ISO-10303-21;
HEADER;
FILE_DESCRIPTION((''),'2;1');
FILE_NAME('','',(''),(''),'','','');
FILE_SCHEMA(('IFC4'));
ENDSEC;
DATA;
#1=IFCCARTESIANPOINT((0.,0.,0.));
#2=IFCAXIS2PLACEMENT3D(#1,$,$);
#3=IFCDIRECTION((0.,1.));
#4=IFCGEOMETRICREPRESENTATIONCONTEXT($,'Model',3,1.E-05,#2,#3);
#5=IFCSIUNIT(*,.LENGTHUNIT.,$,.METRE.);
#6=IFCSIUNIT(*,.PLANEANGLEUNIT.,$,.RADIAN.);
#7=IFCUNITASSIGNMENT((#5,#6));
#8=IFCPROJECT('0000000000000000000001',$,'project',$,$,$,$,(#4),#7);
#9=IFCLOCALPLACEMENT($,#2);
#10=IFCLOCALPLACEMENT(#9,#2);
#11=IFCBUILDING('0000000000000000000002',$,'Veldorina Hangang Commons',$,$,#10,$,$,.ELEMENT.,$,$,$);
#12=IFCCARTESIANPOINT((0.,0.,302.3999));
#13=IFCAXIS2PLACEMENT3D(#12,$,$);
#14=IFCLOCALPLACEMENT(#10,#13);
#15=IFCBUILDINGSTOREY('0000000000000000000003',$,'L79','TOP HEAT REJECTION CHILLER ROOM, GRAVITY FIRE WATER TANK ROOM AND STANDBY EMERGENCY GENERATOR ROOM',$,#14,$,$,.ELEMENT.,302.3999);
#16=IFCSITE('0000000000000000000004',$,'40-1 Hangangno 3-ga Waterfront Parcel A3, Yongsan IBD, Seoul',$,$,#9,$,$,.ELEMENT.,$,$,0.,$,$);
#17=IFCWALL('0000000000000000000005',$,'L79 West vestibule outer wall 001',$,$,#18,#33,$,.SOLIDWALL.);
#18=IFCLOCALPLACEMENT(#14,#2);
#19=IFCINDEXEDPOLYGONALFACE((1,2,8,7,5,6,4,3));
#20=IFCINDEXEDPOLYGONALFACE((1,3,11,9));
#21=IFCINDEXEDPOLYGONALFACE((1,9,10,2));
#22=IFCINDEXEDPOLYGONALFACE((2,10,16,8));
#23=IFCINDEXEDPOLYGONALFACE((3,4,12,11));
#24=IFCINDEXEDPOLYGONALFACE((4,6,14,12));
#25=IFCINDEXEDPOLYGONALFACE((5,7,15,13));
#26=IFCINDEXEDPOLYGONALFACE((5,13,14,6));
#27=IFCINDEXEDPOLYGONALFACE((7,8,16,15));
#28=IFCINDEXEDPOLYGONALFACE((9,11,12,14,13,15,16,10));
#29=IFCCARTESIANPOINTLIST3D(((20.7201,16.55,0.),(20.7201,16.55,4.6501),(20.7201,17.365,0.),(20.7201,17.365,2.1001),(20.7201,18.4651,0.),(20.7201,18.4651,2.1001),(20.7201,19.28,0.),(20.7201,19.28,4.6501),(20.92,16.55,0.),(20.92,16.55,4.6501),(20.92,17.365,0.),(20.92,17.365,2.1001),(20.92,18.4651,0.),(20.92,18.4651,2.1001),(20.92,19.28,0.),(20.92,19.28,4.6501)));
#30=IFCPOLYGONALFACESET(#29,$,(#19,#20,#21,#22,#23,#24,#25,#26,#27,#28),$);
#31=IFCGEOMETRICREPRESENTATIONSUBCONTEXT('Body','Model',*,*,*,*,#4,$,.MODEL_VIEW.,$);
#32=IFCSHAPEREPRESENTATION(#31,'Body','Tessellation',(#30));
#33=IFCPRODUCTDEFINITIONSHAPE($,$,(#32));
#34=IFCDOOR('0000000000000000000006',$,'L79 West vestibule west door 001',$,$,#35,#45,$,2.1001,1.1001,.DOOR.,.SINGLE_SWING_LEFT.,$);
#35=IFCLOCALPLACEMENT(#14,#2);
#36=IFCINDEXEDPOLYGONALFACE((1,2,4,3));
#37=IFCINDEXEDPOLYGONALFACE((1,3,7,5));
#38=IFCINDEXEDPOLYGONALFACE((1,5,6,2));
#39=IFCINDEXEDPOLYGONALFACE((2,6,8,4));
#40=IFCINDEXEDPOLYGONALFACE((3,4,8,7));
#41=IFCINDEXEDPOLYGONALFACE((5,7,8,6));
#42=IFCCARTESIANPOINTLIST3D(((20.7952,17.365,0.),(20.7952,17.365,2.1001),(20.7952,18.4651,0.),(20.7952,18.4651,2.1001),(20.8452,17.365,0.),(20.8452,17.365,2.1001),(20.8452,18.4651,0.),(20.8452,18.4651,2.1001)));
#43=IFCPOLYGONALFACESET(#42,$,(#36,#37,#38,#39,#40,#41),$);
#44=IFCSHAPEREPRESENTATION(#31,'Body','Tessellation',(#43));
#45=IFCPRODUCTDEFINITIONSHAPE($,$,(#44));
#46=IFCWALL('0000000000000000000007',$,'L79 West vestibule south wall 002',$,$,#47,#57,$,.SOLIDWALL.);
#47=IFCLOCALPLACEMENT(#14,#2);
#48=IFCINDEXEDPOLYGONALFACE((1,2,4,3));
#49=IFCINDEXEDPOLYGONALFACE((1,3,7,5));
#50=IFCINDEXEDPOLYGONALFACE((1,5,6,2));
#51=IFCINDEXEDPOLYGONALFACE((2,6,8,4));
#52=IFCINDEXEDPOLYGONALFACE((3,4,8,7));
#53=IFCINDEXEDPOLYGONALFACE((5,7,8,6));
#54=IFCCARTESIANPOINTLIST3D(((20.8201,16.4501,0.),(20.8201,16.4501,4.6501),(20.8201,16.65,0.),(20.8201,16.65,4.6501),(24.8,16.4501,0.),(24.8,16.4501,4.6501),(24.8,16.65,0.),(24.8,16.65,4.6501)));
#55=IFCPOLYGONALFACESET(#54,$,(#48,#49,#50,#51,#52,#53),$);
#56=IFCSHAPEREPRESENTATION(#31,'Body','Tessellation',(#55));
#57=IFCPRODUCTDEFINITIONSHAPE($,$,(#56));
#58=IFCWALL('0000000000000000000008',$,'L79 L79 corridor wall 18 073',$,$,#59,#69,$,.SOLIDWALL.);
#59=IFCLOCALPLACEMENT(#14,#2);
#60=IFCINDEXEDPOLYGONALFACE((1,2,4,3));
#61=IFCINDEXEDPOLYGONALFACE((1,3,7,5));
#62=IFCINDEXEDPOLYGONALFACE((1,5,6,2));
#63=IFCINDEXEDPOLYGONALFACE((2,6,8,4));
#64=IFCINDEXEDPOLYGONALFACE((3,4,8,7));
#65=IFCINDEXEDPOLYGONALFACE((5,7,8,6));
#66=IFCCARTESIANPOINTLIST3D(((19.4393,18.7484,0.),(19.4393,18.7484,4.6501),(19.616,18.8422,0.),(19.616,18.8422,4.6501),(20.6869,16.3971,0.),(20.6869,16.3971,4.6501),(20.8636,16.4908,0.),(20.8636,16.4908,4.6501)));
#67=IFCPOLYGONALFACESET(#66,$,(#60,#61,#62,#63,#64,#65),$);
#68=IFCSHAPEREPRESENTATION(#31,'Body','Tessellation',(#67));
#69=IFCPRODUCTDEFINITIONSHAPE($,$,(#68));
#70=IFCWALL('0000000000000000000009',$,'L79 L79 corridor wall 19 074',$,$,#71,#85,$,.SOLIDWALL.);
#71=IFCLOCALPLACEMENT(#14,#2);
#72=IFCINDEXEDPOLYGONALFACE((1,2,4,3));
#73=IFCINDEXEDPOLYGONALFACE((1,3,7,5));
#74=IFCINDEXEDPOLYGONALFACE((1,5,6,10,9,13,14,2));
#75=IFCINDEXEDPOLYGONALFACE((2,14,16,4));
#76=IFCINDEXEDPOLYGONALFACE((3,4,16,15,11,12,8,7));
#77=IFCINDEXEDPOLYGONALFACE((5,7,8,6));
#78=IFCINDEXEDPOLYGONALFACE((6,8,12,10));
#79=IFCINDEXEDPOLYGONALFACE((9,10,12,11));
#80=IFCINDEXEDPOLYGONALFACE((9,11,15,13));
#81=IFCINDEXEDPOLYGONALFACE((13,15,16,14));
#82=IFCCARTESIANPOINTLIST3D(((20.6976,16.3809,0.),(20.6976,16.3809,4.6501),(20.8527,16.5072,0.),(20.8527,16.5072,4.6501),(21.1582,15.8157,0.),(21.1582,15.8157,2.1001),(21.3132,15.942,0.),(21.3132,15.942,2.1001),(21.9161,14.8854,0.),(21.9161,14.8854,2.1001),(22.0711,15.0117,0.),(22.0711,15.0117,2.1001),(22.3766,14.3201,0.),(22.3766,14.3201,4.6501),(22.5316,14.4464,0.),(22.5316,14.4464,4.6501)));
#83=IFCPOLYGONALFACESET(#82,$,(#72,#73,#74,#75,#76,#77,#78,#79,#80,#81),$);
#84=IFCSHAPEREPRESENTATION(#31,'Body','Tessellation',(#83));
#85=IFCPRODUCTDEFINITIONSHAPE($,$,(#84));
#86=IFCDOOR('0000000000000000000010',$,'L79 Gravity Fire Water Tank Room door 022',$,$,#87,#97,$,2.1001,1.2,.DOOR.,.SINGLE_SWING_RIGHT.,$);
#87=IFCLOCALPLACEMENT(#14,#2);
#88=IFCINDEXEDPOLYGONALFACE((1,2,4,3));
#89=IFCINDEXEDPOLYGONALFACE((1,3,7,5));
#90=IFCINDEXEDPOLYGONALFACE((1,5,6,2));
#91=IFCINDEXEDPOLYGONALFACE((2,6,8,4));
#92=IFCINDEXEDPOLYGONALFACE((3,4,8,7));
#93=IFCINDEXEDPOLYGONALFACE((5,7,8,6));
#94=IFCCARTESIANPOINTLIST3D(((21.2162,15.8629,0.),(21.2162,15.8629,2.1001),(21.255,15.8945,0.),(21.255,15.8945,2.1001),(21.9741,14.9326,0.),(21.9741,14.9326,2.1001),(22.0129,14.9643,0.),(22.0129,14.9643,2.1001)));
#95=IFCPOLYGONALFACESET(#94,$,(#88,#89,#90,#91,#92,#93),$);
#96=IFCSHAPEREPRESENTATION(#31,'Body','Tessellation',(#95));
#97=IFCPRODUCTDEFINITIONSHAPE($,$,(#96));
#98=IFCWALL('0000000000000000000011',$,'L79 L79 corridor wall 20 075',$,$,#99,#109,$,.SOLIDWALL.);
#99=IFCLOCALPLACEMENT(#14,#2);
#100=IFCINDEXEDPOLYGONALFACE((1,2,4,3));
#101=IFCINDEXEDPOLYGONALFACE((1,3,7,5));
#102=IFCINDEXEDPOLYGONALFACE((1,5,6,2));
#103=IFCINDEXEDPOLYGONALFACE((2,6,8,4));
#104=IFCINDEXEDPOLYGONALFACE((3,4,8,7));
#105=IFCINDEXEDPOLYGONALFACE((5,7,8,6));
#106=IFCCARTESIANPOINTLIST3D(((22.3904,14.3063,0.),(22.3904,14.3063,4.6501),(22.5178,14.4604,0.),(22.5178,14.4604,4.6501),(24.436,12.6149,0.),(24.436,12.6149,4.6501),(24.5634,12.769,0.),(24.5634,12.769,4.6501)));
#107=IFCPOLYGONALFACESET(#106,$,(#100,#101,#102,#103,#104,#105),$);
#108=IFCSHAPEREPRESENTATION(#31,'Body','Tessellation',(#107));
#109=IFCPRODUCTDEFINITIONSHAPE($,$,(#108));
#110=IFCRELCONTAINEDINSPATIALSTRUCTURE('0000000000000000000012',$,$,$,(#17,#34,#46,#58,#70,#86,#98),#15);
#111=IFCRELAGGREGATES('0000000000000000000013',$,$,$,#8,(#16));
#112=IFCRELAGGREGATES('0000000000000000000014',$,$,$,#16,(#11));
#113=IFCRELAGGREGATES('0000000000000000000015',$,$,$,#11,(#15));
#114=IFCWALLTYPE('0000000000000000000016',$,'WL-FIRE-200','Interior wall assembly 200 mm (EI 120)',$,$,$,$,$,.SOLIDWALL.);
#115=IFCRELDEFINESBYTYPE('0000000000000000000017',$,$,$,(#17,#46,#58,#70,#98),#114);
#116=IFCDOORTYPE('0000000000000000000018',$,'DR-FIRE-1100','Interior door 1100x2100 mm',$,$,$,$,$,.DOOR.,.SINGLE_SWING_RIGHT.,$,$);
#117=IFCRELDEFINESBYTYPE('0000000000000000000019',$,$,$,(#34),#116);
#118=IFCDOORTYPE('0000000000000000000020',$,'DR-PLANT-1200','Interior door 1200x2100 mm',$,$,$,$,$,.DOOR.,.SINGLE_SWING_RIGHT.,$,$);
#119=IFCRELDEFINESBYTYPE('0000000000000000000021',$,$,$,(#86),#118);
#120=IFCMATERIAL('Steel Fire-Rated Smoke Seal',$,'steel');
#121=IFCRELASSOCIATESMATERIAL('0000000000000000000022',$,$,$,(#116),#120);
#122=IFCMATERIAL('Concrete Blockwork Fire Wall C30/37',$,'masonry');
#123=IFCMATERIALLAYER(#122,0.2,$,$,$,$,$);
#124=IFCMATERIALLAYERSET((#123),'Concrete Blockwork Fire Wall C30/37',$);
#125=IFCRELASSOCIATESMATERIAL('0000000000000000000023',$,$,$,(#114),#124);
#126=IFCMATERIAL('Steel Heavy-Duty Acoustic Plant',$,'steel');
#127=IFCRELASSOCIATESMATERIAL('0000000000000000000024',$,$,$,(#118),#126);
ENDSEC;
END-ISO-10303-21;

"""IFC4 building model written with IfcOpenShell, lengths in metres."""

from ifc_helpers import new_model, si_unit, direction, frame, frame_2d, origin, place, context, subcontext, project, spatial, rectangle, extrude, material, layer, layer_set, type_object, element, fill, save


model = new_model("IFC4")

# Units and contexts
model_context = context("Model", 3, precision=1e-05, world=origin(), true_north=direction((0.0, 1.0)))
body_context = subcontext(model_context, "Body", "Model", "MODEL_VIEW")
ifc_project = project(units=[si_unit("LENGTHUNIT", "METRE"), si_unit("PLANEANGLEUNIT", "RADIAN")], contexts=[model_context])

# Site, building, storey
site_placement = place(None, origin())
site = spatial("IfcSite", under=ifc_project, at=site_placement, Name="40-1 Hangangno 3-ga Waterfront Parcel A3, Yongsan IBD, Seoul", CompositionType="ELEMENT", RefElevation=0.0)
building_placement = place(site_placement, origin())
building = spatial("IfcBuilding", under=site, at=building_placement, Name="Veldorina Hangang Commons", CompositionType="ELEMENT")
storey_placement = place(building_placement, frame((0.0, 0.0, 302.3999)))
storey = spatial("IfcBuildingStorey", under=building, at=storey_placement, Name="L79", Description="TOP HEAT REJECTION CHILLER ROOM, GRAVITY FIRE WATER TANK ROOM AND STANDBY EMERGENCY GENERATOR ROOM", CompositionType="ELEMENT", Elevation=302.3999)

# Wall, opening, door
ifc_material_1 = material(Name="Steel Fire-Rated Smoke Seal", Category="steel")
door_type_1 = type_object("IfcDoorType", Name="DR-FIRE-1100", Description="Interior door 1100x2100 mm", OperationType="SINGLE_SWING_RIGHT", PredefinedType="DOOR", material=ifc_material_1)
ifc_material_2 = material(Name="Concrete Blockwork Fire Wall C30/37", Category="masonry")
ifc_layer_1 = layer(ifc_material_2, 0.2)
ifc_layer_set_1 = layer_set([ifc_layer_1], Name="Concrete Blockwork Fire Wall C30/37")
wall_type_1 = type_object("IfcWallType", Name="WL-FIRE-200", Description="Interior wall assembly 200 mm (EI 120)", PredefinedType="SOLIDWALL", material=ifc_layer_set_1)
wall_1_placement = place(storey_placement, frame((20.8201, 16.55, 0.0), z_axis=(0.0, 0.0, 1.0), x_axis=(0.0, 1.0, 0.0)))
wall_1 = element("IfcWall", 1, at=wall_1_placement, inside=storey, type_object=wall_type_1, Name="L79 West vestibule outer wall 001", PredefinedType="SOLIDWALL", context=body_context, shape_type="SweptSolid", body=[
    extrude(rectangle(XDim=2.73, YDim=0.2, at=frame_2d((1.365, 0.0))), origin(), (0.0, 0.0, 1.0), 4.6501),
])
opening_1_placement = place(wall_1_placement, frame((0.8149, 0.0, 0.0)))
opening_1 = element("IfcOpeningElement", 2, at=opening_1_placement, cuts=wall_1, PredefinedType="OPENING", context=body_context, shape_type="SweptSolid", body=[
    extrude(rectangle(XDim=1.1001, YDim=2.1001, at=frame_2d((0.55, 1.05))), frame((0.0, 0.1099, 0.0), z_axis=(0.0, -1.0, 0.0), x_axis=(1.0, 0.0, 0.0)), (0.0, 0.0, 1.0), 0.22),
])
door_1_placement = place(opening_1_placement, origin())
door_1 = element("IfcDoor", 3, at=door_1_placement, inside=storey, type_object=door_type_1, Name="L79 West vestibule west door 001", OperationType="SINGLE_SWING_LEFT", OverallHeight=2.1001, OverallWidth=1.1001, PredefinedType="DOOR", context=body_context, shape_type="SweptSolid", body=[
    extrude(rectangle(XDim=1.1001, YDim=2.1001, at=frame_2d((0.55, 1.05))), frame((0.0, 0.0249, 0.0), z_axis=(0.0, -1.0, 0.0), x_axis=(1.0, 0.0, 0.0)), (0.0, 0.0, 1.0), 0.05),
])
fill(opening_1, door_1)

# Walls
wall_2_placement = place(storey_placement, frame((20.8201, 16.55, 0.0), z_axis=(0.0, 0.0, 1.0), x_axis=(1.0, 0.0, 0.0)))
element("IfcWall", 4, at=wall_2_placement, inside=storey, type_object=wall_type_1, Name="L79 West vestibule south wall 002", PredefinedType="SOLIDWALL", context=body_context, shape_type="SweptSolid", body=[
    extrude(rectangle(XDim=3.98, YDim=0.2, at=frame_2d((1.99, 0.0))), origin(), (0.0, 0.0, 1.0), 4.6501),
])
wall_3_placement = place(storey_placement, frame((19.5276, 18.7954, 0.0), z_axis=(0.0, 0.0, 1.0), x_axis=(0.468692, -0.883361, 0.0)))
element("IfcWall", 5, at=wall_3_placement, inside=storey, type_object=wall_type_1, Name="L79 L79 corridor wall 18 073", PredefinedType="SOLIDWALL", context=body_context, shape_type="SweptSolid", body=[
    extrude(rectangle(XDim=2.6619, YDim=0.2, at=frame_2d((1.3311, 0.0))), origin(), (0.0, 0.0, 1.0), 4.6501),
])

# Wall, opening, door
wall_4_placement = place(storey_placement, frame((20.7751, 16.4441, 0.0), z_axis=(0.0, 0.0, 1.0), x_axis=(0.631626, -0.775273, 0.0)))
wall_4 = element("IfcWall", 6, at=wall_4_placement, inside=storey, type_object=wall_type_1, Name="L79 L79 corridor wall 19 074", PredefinedType="SOLIDWALL", context=body_context, shape_type="SweptSolid", body=[
    extrude(rectangle(XDim=2.6582, YDim=0.2, at=frame_2d((1.3291, 0.0))), origin(), (0.0, 0.0, 1.0), 4.6501),
])
opening_2_placement = place(wall_4_placement, frame((0.729, 0.0, 0.0)))
opening_2 = element("IfcOpeningElement", 7, at=opening_2_placement, cuts=wall_4, PredefinedType="OPENING", context=body_context, shape_type="SweptSolid", body=[
    extrude(rectangle(XDim=1.2, YDim=2.1001, at=frame_2d((0.6001, 1.05))), frame((0.0, 0.1099, 0.0), z_axis=(0.0, -1.0, 0.0), x_axis=(1.0, 0.0, 0.0)), (0.0, 0.0, 1.0), 0.22),
])
ifc_material_3 = material(Name="Steel Heavy-Duty Acoustic Plant", Category="steel")
door_type_2 = type_object("IfcDoorType", Name="DR-PLANT-1200", Description="Interior door 1200x2100 mm", OperationType="SINGLE_SWING_RIGHT", PredefinedType="DOOR", material=ifc_material_3)
door_2_placement = place(opening_2_placement, origin())
door_2 = element("IfcDoor", 8, at=door_2_placement, inside=storey, type_object=door_type_2, Name="L79 Gravity Fire Water Tank Room door 022", OperationType="SINGLE_SWING_RIGHT", OverallHeight=2.1001, OverallWidth=1.2, PredefinedType="DOOR", context=body_context, shape_type="SweptSolid", body=[
    extrude(rectangle(XDim=1.2, YDim=2.1001, at=frame_2d((0.6001, 1.05))), frame((0.0, 0.0249, 0.0), z_axis=(0.0, -1.0, 0.0), x_axis=(1.0, 0.0, 0.0)), (0.0, 0.0, 1.0), 0.05),
])
fill(opening_2, door_2)

# Wall
wall_5_placement = place(storey_placement, frame((22.4541, 14.3833, 0.0), z_axis=(0.0, 0.0, 1.0), x_axis=(0.770681, -0.637221, 0.0)))
element("IfcWall", 9, at=wall_5_placement, inside=storey, type_object=wall_type_1, Name="L79 L79 corridor wall 20 075", PredefinedType="SOLIDWALL", context=body_context, shape_type="SweptSolid", body=[
    extrude(rectangle(XDim=2.6543, YDim=0.2, at=frame_2d((1.3271, 0.0))), origin(), (0.0, 0.0, 1.0), 4.6501),
])

save(model, "model.ifc")
